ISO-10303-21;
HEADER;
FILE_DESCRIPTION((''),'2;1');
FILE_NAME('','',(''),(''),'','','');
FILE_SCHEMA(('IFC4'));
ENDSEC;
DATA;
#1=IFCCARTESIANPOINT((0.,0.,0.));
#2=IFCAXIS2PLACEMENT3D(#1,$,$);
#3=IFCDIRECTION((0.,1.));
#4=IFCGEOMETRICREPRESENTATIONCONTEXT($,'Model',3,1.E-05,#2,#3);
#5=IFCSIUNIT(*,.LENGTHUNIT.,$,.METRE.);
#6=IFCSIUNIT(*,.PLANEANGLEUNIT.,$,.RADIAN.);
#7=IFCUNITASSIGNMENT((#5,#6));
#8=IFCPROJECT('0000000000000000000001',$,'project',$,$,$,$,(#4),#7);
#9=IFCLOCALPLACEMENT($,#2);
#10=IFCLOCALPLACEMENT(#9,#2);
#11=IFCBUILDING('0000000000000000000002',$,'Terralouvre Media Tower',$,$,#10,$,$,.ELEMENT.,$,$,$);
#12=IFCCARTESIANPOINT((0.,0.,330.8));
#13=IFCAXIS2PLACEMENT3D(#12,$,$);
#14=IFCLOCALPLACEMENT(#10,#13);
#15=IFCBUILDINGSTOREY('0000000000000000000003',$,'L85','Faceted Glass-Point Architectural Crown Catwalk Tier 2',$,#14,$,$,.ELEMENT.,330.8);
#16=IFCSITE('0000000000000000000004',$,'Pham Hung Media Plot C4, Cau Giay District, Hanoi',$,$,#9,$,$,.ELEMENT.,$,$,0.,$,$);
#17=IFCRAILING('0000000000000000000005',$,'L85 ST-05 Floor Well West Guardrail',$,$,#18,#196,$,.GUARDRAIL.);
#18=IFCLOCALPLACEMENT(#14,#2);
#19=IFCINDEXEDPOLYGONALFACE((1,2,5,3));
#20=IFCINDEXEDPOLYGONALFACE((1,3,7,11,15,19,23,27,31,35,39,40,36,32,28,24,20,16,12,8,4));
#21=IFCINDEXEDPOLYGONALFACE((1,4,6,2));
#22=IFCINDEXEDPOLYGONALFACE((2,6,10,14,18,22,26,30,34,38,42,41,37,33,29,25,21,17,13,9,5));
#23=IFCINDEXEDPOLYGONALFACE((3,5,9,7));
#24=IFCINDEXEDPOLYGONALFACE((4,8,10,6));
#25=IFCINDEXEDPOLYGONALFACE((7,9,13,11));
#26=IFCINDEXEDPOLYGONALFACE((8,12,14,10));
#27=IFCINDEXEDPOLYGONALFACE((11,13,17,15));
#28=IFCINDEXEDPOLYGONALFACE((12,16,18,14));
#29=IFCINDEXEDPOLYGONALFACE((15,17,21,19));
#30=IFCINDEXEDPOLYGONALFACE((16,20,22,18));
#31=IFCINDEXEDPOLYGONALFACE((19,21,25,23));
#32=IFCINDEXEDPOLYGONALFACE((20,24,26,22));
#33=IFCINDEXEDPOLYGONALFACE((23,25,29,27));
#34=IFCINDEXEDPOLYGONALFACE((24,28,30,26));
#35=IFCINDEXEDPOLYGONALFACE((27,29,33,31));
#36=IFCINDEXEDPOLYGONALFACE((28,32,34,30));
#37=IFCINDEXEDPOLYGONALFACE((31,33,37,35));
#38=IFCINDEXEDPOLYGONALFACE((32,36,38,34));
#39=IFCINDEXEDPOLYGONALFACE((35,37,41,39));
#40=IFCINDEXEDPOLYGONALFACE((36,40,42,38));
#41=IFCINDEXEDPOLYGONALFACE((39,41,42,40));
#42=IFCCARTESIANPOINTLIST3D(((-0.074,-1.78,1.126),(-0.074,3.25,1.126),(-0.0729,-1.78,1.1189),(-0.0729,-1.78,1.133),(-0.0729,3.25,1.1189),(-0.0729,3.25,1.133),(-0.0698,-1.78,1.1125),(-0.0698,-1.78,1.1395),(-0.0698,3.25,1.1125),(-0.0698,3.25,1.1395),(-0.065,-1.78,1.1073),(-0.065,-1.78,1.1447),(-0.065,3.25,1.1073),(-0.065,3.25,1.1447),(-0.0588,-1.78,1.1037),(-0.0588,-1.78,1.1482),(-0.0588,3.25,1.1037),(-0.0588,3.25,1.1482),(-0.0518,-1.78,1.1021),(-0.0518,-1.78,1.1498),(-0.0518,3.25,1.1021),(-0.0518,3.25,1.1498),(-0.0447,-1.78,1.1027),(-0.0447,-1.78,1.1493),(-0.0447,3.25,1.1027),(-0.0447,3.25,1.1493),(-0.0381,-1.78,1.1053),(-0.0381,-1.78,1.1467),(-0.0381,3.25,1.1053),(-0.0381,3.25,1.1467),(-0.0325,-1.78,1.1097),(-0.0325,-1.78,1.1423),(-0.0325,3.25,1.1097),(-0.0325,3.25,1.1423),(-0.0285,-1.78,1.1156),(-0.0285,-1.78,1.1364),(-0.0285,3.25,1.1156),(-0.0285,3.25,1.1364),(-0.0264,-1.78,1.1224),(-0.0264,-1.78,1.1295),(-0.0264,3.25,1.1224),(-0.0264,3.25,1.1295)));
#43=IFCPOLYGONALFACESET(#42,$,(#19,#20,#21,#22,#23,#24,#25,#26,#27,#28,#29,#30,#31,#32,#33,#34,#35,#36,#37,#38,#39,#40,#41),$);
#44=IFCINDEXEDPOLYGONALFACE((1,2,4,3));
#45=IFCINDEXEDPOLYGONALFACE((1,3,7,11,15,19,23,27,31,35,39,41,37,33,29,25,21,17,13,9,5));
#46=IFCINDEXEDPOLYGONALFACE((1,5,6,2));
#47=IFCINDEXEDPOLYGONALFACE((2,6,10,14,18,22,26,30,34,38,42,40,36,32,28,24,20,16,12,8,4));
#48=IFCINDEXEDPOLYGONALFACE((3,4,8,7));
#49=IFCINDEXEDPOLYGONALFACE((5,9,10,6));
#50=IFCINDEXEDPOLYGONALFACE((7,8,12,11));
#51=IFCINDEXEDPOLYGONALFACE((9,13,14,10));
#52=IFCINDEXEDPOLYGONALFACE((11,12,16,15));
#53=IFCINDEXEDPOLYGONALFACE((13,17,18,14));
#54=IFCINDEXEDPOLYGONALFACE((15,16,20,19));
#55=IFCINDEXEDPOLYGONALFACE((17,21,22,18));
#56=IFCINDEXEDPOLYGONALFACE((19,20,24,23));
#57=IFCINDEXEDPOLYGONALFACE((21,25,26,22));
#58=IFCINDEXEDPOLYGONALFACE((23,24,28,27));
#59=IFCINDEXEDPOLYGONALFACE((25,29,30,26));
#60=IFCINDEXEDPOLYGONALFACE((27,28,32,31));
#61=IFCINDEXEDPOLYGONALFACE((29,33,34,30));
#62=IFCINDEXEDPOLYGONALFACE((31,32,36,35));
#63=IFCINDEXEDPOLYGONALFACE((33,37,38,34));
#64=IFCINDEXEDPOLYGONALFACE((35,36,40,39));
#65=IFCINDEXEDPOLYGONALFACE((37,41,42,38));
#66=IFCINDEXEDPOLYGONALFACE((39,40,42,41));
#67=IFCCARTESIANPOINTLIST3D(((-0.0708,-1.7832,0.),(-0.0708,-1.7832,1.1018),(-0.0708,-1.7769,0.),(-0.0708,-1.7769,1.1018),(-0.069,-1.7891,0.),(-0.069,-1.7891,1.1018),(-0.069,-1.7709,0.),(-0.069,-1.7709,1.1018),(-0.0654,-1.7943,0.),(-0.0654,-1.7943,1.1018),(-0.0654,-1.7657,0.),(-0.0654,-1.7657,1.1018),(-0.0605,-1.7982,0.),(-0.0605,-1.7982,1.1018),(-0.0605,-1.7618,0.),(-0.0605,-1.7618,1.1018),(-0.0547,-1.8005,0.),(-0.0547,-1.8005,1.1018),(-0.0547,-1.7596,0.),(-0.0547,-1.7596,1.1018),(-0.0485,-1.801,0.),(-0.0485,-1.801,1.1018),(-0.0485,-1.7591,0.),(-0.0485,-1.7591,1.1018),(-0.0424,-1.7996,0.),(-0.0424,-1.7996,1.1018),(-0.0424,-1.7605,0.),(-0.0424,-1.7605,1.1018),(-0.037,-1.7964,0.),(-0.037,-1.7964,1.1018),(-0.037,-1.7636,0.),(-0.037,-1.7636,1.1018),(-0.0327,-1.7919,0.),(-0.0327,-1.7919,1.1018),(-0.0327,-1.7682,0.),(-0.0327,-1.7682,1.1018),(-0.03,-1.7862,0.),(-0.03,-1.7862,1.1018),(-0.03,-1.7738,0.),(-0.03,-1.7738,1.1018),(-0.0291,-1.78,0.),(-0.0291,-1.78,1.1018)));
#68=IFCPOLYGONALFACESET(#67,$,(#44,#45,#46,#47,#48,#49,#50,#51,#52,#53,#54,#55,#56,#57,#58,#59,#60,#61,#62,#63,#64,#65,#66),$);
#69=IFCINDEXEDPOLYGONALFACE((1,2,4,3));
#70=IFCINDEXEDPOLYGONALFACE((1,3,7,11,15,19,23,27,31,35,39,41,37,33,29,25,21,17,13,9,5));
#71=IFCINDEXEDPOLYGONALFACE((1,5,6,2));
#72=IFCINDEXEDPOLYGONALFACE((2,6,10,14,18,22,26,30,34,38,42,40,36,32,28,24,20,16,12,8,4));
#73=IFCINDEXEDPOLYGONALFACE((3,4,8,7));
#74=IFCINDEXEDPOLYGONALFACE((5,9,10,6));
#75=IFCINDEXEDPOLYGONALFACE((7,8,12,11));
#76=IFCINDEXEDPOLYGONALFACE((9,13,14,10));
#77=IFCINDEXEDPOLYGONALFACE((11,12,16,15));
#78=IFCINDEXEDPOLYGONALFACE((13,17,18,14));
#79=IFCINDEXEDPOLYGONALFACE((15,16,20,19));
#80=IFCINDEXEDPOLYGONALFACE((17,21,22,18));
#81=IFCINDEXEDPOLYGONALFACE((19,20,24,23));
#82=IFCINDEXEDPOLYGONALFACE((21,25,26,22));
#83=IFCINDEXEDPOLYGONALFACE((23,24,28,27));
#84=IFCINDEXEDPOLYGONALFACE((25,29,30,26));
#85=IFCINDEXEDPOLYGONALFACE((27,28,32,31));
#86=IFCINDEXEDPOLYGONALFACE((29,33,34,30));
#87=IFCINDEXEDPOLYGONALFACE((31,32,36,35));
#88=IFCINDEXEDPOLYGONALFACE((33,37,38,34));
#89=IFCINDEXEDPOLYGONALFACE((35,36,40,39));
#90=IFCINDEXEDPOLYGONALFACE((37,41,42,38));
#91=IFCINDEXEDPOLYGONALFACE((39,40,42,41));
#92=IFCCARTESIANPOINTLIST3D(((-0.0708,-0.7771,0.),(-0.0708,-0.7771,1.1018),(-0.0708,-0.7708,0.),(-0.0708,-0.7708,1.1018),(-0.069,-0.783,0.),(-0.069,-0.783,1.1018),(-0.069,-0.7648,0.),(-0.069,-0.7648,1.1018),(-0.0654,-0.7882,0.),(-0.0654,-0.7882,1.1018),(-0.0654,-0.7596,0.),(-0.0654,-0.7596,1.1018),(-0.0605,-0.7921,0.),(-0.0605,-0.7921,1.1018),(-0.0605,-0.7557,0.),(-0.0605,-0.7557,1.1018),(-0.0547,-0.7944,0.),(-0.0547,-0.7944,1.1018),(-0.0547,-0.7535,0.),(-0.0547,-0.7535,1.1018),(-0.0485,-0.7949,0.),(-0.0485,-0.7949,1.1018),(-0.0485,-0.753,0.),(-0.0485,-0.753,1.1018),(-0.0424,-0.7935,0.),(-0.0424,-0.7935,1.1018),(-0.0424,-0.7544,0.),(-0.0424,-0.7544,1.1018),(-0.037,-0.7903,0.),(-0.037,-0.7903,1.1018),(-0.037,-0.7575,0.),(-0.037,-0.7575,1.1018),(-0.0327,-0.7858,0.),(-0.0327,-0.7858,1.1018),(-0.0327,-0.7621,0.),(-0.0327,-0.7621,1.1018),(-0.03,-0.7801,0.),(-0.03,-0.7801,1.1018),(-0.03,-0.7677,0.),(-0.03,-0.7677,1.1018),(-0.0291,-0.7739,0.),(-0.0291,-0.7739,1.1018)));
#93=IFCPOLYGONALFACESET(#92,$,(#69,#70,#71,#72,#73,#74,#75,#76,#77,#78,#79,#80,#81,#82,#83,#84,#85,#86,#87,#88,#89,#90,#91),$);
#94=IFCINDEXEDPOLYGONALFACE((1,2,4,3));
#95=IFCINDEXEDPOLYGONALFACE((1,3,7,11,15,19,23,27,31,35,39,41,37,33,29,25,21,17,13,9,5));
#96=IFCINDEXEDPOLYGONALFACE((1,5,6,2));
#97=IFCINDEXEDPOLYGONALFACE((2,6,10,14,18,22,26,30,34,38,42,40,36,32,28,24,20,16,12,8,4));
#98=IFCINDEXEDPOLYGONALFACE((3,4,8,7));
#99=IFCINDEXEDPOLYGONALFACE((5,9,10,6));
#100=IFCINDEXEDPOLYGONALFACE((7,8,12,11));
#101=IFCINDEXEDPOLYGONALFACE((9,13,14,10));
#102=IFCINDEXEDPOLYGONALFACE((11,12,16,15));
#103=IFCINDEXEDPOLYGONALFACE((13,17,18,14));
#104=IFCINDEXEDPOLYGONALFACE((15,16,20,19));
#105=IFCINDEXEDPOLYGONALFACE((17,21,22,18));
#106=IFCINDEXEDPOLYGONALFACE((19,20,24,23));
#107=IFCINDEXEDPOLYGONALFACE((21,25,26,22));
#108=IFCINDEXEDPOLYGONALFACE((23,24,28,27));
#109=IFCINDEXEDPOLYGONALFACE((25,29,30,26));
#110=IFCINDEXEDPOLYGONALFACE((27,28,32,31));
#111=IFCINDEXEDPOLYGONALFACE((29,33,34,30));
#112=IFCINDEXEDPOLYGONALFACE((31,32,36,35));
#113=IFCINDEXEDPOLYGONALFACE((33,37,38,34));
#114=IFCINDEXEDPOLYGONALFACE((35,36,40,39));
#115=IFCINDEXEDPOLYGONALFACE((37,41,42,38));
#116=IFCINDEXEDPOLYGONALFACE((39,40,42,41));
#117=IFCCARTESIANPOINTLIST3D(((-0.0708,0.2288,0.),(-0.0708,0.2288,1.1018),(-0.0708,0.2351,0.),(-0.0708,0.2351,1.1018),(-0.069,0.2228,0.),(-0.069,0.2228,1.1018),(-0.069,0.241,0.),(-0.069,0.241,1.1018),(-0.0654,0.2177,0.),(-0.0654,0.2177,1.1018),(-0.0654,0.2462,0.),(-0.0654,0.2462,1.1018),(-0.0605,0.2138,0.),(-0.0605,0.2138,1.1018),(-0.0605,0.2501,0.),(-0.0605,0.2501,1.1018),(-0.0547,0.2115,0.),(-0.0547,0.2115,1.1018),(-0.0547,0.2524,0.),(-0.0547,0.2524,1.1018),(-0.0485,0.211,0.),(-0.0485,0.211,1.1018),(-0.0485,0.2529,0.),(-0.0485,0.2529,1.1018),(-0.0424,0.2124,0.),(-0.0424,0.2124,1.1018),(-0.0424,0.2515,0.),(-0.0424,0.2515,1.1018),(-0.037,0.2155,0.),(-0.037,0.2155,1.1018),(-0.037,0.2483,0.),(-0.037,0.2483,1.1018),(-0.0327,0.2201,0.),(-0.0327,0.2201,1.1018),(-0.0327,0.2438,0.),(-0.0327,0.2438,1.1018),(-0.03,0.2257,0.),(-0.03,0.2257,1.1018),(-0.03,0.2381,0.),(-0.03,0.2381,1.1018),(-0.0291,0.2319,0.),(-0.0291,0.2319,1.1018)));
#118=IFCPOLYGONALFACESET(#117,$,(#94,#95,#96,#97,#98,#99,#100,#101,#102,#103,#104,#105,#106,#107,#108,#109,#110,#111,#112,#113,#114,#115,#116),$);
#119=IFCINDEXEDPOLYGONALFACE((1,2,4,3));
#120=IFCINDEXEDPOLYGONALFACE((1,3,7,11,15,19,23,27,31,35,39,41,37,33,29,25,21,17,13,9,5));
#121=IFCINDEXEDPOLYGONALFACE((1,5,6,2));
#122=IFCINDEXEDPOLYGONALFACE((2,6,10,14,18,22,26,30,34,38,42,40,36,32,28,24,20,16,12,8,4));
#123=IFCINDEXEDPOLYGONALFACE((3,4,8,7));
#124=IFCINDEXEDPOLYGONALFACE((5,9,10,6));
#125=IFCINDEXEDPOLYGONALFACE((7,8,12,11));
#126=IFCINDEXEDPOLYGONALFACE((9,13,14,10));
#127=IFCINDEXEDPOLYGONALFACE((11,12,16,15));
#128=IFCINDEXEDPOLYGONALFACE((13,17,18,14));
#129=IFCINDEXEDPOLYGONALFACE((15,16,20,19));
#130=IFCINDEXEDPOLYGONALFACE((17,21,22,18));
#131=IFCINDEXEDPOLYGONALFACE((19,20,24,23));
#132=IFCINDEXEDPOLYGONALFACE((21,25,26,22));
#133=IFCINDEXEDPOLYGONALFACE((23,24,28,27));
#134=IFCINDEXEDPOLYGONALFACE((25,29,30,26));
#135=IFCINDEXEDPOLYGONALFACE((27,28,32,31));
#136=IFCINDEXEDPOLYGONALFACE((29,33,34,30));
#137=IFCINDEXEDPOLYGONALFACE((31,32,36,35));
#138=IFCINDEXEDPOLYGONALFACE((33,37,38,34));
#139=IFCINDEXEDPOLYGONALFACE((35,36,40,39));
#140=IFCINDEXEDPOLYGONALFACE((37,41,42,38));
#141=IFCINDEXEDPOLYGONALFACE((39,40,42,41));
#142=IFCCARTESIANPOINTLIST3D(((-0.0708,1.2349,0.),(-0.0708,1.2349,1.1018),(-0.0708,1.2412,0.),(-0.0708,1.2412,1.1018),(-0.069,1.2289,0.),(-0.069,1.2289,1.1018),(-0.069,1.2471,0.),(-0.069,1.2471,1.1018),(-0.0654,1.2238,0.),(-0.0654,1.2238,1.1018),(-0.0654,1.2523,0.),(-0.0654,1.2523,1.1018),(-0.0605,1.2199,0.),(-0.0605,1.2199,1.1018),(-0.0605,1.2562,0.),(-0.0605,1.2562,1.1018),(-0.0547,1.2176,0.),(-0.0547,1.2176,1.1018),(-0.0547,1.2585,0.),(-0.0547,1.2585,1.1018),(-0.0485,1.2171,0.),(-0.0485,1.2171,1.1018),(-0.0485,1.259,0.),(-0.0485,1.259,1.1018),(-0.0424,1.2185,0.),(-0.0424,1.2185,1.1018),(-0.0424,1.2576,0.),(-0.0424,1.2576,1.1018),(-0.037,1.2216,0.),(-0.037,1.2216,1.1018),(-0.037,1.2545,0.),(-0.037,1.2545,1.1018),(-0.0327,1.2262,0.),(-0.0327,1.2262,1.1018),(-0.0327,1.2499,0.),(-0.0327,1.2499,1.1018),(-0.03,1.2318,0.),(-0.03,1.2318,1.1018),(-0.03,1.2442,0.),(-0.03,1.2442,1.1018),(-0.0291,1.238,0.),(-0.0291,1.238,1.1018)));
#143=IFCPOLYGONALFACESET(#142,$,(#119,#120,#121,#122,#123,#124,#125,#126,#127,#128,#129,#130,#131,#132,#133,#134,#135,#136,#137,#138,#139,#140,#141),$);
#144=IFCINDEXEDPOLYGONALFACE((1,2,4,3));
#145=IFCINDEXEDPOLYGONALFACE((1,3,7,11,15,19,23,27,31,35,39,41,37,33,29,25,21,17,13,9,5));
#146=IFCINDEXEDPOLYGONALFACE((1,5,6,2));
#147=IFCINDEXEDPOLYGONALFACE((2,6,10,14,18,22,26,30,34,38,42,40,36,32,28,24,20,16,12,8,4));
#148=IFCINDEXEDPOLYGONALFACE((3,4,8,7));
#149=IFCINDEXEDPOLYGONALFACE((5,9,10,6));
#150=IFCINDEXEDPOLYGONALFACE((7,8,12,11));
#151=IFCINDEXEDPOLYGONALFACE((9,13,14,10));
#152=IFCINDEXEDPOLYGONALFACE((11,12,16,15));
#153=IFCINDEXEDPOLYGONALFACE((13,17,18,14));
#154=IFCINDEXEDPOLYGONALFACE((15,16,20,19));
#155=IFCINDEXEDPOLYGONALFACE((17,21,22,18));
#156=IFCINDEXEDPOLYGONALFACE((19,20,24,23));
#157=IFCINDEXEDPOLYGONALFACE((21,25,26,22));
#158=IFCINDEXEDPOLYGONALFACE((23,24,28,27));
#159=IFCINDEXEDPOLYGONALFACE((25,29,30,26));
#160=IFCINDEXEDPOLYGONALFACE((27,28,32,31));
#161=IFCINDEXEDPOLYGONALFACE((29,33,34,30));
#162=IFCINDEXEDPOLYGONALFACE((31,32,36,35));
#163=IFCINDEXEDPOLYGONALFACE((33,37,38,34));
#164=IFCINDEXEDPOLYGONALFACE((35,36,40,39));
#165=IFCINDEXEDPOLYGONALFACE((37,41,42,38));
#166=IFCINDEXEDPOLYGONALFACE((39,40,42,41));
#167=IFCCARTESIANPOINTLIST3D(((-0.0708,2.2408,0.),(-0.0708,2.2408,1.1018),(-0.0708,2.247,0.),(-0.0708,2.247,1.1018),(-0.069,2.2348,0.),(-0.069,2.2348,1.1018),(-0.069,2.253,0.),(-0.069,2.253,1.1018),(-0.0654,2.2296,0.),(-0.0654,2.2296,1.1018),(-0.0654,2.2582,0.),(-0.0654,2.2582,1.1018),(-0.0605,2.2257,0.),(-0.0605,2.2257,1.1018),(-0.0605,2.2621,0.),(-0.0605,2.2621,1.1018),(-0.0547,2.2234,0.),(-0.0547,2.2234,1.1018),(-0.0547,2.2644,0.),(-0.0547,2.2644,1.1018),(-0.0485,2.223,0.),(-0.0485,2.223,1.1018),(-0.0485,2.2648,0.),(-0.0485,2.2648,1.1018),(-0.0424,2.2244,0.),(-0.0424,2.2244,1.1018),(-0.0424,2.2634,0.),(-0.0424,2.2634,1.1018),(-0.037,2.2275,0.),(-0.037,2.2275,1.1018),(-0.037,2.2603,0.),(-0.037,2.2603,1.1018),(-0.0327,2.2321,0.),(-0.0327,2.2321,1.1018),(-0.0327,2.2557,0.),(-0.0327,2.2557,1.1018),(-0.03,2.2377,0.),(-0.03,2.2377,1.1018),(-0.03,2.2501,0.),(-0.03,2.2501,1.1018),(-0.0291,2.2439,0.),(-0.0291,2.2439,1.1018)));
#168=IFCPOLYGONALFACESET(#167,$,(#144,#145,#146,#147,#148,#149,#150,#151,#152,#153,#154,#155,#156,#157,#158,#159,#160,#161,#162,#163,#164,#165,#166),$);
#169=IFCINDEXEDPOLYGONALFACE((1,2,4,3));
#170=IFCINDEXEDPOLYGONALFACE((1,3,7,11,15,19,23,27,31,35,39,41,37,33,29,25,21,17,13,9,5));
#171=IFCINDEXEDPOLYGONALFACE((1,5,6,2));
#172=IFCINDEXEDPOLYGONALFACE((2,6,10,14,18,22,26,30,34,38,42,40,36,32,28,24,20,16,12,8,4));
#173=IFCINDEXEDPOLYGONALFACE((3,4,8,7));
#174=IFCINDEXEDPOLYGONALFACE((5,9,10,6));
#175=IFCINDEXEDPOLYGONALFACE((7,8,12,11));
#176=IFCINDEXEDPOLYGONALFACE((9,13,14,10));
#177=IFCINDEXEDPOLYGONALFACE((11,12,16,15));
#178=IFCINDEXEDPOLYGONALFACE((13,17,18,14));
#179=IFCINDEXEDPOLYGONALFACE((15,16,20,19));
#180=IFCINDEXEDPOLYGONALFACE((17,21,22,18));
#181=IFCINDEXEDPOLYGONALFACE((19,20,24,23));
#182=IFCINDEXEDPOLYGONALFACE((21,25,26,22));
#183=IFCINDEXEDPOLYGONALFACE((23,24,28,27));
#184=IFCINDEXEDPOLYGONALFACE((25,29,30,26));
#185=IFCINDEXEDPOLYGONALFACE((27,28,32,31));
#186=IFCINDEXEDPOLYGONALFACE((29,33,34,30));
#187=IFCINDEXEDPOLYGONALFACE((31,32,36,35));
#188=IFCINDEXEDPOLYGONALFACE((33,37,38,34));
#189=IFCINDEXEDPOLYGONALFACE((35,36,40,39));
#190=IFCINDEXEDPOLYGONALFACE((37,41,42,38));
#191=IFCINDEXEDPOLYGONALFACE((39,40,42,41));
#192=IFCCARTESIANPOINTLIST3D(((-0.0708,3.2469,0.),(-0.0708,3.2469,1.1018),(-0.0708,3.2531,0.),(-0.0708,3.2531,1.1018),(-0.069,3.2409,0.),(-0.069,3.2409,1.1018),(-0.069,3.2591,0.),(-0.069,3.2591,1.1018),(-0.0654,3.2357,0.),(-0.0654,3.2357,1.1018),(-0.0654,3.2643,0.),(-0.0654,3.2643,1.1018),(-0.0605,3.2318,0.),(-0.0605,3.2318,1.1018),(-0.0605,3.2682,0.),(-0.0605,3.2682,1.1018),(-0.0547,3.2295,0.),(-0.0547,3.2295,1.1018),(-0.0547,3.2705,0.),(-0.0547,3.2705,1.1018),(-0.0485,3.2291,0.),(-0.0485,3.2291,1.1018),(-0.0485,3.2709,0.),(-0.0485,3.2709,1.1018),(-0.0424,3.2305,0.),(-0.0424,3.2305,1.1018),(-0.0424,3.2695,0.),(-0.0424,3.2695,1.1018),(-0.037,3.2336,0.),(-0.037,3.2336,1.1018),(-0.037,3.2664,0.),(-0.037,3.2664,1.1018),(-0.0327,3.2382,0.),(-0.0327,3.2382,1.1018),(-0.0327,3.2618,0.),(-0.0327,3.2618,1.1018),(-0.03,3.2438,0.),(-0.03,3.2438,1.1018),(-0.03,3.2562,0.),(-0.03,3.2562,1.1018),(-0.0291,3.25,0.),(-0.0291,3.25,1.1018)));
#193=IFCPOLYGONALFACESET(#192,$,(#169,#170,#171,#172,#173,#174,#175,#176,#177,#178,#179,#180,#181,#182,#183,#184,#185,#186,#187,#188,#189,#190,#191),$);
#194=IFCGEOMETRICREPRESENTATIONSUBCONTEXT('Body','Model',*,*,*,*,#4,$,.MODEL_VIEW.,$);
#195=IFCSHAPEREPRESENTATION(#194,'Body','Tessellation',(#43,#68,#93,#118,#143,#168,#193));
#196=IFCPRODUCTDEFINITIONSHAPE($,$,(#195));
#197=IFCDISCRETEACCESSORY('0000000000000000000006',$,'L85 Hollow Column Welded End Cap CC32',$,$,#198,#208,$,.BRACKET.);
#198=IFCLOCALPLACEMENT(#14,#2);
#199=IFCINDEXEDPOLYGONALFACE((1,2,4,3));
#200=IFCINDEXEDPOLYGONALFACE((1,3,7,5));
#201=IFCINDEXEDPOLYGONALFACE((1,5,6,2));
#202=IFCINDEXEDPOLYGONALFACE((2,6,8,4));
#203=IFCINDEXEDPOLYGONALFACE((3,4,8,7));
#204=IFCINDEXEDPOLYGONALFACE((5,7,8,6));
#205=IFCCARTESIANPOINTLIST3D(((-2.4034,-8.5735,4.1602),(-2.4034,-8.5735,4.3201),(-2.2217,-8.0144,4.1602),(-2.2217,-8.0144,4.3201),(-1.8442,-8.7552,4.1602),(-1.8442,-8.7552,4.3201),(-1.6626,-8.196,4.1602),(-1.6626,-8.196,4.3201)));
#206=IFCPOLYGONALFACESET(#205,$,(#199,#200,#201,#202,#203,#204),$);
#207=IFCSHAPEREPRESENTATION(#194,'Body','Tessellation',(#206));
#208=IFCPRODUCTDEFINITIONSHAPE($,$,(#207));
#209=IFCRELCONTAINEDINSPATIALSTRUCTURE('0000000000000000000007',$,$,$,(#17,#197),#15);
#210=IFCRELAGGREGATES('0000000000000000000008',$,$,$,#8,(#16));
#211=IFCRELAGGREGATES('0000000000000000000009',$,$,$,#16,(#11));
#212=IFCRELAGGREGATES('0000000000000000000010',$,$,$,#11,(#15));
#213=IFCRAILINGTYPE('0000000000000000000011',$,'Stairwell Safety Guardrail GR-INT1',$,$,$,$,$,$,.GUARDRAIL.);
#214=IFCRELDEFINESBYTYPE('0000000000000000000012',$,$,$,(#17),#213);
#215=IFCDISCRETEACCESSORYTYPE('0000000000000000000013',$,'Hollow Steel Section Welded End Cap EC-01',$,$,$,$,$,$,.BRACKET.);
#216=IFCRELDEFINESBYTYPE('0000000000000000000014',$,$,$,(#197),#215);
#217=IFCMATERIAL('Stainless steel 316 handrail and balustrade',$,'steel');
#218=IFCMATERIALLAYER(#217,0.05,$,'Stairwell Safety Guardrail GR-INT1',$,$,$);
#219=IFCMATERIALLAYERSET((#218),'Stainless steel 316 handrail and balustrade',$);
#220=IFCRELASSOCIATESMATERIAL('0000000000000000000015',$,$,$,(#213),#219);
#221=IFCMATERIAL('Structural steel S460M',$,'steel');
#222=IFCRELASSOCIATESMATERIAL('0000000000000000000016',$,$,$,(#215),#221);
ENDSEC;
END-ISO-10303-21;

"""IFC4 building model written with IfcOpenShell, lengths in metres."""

from ifc_helpers import new_model, si_unit, direction, frame, origin, origin_2d, place, context, subcontext, project, spatial, rectangle, circle, extrude, material, layer, layer_set, type_object, element, save


model = new_model("IFC4")

# Units and contexts
model_context = context("Model", 3, precision=1e-05, world=origin(), true_north=direction((0.0, 1.0)))
body_context = subcontext(model_context, "Body", "Model", "MODEL_VIEW")
ifc_project = project(units=[si_unit("LENGTHUNIT", "METRE"), si_unit("PLANEANGLEUNIT", "RADIAN")], contexts=[model_context])

# Site, building, storey
site_placement = place(None, origin())
site = spatial("IfcSite", under=ifc_project, at=site_placement, Name="Pham Hung Media Plot C4, Cau Giay District, Hanoi", CompositionType="ELEMENT", RefElevation=0.0)
building_placement = place(site_placement, origin())
building = spatial("IfcBuilding", under=site, at=building_placement, Name="Terralouvre Media Tower", CompositionType="ELEMENT")
storey_placement = place(building_placement, frame((0.0, 0.0, 330.8)))
storey = spatial("IfcBuildingStorey", under=building, at=storey_placement, Name="L85", Description="Faceted Glass-Point Architectural Crown Catwalk Tier 2", CompositionType="ELEMENT", Elevation=330.8)

# Railing
ifc_material_1 = material(Name="Stainless steel 316 handrail and balustrade", Category="steel")
ifc_layer_1 = layer(ifc_material_1, 0.05, Name="Stairwell Safety Guardrail GR-INT1")
ifc_layer_set_1 = layer_set([ifc_layer_1], Name="Stainless steel 316 handrail and balustrade")
railing_type = type_object("IfcRailingType", Name="Stairwell Safety Guardrail GR-INT1", PredefinedType="GUARDRAIL", material=ifc_layer_set_1)
railing_placement = place(storey_placement, frame((-0.05, -1.78, 0.0)))
element("IfcRailing", 1, at=railing_placement, inside=storey, type_object=railing_type, Name="L85 ST-05 Floor Well West Guardrail", PredefinedType="GUARDRAIL", context=body_context, shape_type="SweptSolid", body=[
    extrude(circle(Radius=0.0239, at=origin_2d()), frame((0.0, 0.0, 1.126), z_axis=(0.0, 1.0, 0.0), x_axis=(-1.0, 0.0, 0.0)), (0.0, 0.0, 1.0), 5.03),
    extrude(circle(Radius=0.021, at=origin_2d()), origin(), (0.0, 0.0, 1.0), 1.1018),
    extrude(circle(Radius=0.021, at=origin_2d()), frame((0.0, 1.0061, 0.0)), (0.0, 0.0, 1.0), 1.1018),
    extrude(circle(Radius=0.021, at=origin_2d()), frame((0.0, 2.012, 0.0)), (0.0, 0.0, 1.0), 1.1018),
    extrude(circle(Radius=0.021, at=origin_2d()), frame((0.0, 3.0181, 0.0)), (0.0, 0.0, 1.0), 1.1018),
    extrude(circle(Radius=0.021, at=origin_2d()), frame((0.0, 4.0239, 0.0)), (0.0, 0.0, 1.0), 1.1018),
    extrude(circle(Radius=0.021, at=origin_2d()), frame((0.0, 5.03, 0.0)), (0.0, 0.0, 1.0), 1.1018),
])

# Discrete accessory
ifc_material_2 = material(Name="Structural steel S460M", Category="steel")
discrete_accessory_type = type_object("IfcDiscreteAccessoryType", Name="Hollow Steel Section Welded End Cap EC-01", PredefinedType="BRACKET", material=ifc_material_2)
discrete_accessory_1_placement = place(storey_placement, frame((-2.033, -8.3848, 4.1602), z_axis=(0.0, 0.0, 1.0), x_axis=(0.309017, 0.951057, 0.0)))
element("IfcDiscreteAccessory", 2, at=discrete_accessory_1_placement, inside=storey, type_object=discrete_accessory_type, Name="L85 Hollow Column Welded End Cap CC32", PredefinedType="BRACKET", context=body_context, shape_type="SweptSolid", body=[
    extrude(rectangle(XDim=0.5879, YDim=0.5879, at=origin_2d()), origin(), (0.0, 0.0, 1.0), 0.1599),
])

save(model, "model.ifc")
